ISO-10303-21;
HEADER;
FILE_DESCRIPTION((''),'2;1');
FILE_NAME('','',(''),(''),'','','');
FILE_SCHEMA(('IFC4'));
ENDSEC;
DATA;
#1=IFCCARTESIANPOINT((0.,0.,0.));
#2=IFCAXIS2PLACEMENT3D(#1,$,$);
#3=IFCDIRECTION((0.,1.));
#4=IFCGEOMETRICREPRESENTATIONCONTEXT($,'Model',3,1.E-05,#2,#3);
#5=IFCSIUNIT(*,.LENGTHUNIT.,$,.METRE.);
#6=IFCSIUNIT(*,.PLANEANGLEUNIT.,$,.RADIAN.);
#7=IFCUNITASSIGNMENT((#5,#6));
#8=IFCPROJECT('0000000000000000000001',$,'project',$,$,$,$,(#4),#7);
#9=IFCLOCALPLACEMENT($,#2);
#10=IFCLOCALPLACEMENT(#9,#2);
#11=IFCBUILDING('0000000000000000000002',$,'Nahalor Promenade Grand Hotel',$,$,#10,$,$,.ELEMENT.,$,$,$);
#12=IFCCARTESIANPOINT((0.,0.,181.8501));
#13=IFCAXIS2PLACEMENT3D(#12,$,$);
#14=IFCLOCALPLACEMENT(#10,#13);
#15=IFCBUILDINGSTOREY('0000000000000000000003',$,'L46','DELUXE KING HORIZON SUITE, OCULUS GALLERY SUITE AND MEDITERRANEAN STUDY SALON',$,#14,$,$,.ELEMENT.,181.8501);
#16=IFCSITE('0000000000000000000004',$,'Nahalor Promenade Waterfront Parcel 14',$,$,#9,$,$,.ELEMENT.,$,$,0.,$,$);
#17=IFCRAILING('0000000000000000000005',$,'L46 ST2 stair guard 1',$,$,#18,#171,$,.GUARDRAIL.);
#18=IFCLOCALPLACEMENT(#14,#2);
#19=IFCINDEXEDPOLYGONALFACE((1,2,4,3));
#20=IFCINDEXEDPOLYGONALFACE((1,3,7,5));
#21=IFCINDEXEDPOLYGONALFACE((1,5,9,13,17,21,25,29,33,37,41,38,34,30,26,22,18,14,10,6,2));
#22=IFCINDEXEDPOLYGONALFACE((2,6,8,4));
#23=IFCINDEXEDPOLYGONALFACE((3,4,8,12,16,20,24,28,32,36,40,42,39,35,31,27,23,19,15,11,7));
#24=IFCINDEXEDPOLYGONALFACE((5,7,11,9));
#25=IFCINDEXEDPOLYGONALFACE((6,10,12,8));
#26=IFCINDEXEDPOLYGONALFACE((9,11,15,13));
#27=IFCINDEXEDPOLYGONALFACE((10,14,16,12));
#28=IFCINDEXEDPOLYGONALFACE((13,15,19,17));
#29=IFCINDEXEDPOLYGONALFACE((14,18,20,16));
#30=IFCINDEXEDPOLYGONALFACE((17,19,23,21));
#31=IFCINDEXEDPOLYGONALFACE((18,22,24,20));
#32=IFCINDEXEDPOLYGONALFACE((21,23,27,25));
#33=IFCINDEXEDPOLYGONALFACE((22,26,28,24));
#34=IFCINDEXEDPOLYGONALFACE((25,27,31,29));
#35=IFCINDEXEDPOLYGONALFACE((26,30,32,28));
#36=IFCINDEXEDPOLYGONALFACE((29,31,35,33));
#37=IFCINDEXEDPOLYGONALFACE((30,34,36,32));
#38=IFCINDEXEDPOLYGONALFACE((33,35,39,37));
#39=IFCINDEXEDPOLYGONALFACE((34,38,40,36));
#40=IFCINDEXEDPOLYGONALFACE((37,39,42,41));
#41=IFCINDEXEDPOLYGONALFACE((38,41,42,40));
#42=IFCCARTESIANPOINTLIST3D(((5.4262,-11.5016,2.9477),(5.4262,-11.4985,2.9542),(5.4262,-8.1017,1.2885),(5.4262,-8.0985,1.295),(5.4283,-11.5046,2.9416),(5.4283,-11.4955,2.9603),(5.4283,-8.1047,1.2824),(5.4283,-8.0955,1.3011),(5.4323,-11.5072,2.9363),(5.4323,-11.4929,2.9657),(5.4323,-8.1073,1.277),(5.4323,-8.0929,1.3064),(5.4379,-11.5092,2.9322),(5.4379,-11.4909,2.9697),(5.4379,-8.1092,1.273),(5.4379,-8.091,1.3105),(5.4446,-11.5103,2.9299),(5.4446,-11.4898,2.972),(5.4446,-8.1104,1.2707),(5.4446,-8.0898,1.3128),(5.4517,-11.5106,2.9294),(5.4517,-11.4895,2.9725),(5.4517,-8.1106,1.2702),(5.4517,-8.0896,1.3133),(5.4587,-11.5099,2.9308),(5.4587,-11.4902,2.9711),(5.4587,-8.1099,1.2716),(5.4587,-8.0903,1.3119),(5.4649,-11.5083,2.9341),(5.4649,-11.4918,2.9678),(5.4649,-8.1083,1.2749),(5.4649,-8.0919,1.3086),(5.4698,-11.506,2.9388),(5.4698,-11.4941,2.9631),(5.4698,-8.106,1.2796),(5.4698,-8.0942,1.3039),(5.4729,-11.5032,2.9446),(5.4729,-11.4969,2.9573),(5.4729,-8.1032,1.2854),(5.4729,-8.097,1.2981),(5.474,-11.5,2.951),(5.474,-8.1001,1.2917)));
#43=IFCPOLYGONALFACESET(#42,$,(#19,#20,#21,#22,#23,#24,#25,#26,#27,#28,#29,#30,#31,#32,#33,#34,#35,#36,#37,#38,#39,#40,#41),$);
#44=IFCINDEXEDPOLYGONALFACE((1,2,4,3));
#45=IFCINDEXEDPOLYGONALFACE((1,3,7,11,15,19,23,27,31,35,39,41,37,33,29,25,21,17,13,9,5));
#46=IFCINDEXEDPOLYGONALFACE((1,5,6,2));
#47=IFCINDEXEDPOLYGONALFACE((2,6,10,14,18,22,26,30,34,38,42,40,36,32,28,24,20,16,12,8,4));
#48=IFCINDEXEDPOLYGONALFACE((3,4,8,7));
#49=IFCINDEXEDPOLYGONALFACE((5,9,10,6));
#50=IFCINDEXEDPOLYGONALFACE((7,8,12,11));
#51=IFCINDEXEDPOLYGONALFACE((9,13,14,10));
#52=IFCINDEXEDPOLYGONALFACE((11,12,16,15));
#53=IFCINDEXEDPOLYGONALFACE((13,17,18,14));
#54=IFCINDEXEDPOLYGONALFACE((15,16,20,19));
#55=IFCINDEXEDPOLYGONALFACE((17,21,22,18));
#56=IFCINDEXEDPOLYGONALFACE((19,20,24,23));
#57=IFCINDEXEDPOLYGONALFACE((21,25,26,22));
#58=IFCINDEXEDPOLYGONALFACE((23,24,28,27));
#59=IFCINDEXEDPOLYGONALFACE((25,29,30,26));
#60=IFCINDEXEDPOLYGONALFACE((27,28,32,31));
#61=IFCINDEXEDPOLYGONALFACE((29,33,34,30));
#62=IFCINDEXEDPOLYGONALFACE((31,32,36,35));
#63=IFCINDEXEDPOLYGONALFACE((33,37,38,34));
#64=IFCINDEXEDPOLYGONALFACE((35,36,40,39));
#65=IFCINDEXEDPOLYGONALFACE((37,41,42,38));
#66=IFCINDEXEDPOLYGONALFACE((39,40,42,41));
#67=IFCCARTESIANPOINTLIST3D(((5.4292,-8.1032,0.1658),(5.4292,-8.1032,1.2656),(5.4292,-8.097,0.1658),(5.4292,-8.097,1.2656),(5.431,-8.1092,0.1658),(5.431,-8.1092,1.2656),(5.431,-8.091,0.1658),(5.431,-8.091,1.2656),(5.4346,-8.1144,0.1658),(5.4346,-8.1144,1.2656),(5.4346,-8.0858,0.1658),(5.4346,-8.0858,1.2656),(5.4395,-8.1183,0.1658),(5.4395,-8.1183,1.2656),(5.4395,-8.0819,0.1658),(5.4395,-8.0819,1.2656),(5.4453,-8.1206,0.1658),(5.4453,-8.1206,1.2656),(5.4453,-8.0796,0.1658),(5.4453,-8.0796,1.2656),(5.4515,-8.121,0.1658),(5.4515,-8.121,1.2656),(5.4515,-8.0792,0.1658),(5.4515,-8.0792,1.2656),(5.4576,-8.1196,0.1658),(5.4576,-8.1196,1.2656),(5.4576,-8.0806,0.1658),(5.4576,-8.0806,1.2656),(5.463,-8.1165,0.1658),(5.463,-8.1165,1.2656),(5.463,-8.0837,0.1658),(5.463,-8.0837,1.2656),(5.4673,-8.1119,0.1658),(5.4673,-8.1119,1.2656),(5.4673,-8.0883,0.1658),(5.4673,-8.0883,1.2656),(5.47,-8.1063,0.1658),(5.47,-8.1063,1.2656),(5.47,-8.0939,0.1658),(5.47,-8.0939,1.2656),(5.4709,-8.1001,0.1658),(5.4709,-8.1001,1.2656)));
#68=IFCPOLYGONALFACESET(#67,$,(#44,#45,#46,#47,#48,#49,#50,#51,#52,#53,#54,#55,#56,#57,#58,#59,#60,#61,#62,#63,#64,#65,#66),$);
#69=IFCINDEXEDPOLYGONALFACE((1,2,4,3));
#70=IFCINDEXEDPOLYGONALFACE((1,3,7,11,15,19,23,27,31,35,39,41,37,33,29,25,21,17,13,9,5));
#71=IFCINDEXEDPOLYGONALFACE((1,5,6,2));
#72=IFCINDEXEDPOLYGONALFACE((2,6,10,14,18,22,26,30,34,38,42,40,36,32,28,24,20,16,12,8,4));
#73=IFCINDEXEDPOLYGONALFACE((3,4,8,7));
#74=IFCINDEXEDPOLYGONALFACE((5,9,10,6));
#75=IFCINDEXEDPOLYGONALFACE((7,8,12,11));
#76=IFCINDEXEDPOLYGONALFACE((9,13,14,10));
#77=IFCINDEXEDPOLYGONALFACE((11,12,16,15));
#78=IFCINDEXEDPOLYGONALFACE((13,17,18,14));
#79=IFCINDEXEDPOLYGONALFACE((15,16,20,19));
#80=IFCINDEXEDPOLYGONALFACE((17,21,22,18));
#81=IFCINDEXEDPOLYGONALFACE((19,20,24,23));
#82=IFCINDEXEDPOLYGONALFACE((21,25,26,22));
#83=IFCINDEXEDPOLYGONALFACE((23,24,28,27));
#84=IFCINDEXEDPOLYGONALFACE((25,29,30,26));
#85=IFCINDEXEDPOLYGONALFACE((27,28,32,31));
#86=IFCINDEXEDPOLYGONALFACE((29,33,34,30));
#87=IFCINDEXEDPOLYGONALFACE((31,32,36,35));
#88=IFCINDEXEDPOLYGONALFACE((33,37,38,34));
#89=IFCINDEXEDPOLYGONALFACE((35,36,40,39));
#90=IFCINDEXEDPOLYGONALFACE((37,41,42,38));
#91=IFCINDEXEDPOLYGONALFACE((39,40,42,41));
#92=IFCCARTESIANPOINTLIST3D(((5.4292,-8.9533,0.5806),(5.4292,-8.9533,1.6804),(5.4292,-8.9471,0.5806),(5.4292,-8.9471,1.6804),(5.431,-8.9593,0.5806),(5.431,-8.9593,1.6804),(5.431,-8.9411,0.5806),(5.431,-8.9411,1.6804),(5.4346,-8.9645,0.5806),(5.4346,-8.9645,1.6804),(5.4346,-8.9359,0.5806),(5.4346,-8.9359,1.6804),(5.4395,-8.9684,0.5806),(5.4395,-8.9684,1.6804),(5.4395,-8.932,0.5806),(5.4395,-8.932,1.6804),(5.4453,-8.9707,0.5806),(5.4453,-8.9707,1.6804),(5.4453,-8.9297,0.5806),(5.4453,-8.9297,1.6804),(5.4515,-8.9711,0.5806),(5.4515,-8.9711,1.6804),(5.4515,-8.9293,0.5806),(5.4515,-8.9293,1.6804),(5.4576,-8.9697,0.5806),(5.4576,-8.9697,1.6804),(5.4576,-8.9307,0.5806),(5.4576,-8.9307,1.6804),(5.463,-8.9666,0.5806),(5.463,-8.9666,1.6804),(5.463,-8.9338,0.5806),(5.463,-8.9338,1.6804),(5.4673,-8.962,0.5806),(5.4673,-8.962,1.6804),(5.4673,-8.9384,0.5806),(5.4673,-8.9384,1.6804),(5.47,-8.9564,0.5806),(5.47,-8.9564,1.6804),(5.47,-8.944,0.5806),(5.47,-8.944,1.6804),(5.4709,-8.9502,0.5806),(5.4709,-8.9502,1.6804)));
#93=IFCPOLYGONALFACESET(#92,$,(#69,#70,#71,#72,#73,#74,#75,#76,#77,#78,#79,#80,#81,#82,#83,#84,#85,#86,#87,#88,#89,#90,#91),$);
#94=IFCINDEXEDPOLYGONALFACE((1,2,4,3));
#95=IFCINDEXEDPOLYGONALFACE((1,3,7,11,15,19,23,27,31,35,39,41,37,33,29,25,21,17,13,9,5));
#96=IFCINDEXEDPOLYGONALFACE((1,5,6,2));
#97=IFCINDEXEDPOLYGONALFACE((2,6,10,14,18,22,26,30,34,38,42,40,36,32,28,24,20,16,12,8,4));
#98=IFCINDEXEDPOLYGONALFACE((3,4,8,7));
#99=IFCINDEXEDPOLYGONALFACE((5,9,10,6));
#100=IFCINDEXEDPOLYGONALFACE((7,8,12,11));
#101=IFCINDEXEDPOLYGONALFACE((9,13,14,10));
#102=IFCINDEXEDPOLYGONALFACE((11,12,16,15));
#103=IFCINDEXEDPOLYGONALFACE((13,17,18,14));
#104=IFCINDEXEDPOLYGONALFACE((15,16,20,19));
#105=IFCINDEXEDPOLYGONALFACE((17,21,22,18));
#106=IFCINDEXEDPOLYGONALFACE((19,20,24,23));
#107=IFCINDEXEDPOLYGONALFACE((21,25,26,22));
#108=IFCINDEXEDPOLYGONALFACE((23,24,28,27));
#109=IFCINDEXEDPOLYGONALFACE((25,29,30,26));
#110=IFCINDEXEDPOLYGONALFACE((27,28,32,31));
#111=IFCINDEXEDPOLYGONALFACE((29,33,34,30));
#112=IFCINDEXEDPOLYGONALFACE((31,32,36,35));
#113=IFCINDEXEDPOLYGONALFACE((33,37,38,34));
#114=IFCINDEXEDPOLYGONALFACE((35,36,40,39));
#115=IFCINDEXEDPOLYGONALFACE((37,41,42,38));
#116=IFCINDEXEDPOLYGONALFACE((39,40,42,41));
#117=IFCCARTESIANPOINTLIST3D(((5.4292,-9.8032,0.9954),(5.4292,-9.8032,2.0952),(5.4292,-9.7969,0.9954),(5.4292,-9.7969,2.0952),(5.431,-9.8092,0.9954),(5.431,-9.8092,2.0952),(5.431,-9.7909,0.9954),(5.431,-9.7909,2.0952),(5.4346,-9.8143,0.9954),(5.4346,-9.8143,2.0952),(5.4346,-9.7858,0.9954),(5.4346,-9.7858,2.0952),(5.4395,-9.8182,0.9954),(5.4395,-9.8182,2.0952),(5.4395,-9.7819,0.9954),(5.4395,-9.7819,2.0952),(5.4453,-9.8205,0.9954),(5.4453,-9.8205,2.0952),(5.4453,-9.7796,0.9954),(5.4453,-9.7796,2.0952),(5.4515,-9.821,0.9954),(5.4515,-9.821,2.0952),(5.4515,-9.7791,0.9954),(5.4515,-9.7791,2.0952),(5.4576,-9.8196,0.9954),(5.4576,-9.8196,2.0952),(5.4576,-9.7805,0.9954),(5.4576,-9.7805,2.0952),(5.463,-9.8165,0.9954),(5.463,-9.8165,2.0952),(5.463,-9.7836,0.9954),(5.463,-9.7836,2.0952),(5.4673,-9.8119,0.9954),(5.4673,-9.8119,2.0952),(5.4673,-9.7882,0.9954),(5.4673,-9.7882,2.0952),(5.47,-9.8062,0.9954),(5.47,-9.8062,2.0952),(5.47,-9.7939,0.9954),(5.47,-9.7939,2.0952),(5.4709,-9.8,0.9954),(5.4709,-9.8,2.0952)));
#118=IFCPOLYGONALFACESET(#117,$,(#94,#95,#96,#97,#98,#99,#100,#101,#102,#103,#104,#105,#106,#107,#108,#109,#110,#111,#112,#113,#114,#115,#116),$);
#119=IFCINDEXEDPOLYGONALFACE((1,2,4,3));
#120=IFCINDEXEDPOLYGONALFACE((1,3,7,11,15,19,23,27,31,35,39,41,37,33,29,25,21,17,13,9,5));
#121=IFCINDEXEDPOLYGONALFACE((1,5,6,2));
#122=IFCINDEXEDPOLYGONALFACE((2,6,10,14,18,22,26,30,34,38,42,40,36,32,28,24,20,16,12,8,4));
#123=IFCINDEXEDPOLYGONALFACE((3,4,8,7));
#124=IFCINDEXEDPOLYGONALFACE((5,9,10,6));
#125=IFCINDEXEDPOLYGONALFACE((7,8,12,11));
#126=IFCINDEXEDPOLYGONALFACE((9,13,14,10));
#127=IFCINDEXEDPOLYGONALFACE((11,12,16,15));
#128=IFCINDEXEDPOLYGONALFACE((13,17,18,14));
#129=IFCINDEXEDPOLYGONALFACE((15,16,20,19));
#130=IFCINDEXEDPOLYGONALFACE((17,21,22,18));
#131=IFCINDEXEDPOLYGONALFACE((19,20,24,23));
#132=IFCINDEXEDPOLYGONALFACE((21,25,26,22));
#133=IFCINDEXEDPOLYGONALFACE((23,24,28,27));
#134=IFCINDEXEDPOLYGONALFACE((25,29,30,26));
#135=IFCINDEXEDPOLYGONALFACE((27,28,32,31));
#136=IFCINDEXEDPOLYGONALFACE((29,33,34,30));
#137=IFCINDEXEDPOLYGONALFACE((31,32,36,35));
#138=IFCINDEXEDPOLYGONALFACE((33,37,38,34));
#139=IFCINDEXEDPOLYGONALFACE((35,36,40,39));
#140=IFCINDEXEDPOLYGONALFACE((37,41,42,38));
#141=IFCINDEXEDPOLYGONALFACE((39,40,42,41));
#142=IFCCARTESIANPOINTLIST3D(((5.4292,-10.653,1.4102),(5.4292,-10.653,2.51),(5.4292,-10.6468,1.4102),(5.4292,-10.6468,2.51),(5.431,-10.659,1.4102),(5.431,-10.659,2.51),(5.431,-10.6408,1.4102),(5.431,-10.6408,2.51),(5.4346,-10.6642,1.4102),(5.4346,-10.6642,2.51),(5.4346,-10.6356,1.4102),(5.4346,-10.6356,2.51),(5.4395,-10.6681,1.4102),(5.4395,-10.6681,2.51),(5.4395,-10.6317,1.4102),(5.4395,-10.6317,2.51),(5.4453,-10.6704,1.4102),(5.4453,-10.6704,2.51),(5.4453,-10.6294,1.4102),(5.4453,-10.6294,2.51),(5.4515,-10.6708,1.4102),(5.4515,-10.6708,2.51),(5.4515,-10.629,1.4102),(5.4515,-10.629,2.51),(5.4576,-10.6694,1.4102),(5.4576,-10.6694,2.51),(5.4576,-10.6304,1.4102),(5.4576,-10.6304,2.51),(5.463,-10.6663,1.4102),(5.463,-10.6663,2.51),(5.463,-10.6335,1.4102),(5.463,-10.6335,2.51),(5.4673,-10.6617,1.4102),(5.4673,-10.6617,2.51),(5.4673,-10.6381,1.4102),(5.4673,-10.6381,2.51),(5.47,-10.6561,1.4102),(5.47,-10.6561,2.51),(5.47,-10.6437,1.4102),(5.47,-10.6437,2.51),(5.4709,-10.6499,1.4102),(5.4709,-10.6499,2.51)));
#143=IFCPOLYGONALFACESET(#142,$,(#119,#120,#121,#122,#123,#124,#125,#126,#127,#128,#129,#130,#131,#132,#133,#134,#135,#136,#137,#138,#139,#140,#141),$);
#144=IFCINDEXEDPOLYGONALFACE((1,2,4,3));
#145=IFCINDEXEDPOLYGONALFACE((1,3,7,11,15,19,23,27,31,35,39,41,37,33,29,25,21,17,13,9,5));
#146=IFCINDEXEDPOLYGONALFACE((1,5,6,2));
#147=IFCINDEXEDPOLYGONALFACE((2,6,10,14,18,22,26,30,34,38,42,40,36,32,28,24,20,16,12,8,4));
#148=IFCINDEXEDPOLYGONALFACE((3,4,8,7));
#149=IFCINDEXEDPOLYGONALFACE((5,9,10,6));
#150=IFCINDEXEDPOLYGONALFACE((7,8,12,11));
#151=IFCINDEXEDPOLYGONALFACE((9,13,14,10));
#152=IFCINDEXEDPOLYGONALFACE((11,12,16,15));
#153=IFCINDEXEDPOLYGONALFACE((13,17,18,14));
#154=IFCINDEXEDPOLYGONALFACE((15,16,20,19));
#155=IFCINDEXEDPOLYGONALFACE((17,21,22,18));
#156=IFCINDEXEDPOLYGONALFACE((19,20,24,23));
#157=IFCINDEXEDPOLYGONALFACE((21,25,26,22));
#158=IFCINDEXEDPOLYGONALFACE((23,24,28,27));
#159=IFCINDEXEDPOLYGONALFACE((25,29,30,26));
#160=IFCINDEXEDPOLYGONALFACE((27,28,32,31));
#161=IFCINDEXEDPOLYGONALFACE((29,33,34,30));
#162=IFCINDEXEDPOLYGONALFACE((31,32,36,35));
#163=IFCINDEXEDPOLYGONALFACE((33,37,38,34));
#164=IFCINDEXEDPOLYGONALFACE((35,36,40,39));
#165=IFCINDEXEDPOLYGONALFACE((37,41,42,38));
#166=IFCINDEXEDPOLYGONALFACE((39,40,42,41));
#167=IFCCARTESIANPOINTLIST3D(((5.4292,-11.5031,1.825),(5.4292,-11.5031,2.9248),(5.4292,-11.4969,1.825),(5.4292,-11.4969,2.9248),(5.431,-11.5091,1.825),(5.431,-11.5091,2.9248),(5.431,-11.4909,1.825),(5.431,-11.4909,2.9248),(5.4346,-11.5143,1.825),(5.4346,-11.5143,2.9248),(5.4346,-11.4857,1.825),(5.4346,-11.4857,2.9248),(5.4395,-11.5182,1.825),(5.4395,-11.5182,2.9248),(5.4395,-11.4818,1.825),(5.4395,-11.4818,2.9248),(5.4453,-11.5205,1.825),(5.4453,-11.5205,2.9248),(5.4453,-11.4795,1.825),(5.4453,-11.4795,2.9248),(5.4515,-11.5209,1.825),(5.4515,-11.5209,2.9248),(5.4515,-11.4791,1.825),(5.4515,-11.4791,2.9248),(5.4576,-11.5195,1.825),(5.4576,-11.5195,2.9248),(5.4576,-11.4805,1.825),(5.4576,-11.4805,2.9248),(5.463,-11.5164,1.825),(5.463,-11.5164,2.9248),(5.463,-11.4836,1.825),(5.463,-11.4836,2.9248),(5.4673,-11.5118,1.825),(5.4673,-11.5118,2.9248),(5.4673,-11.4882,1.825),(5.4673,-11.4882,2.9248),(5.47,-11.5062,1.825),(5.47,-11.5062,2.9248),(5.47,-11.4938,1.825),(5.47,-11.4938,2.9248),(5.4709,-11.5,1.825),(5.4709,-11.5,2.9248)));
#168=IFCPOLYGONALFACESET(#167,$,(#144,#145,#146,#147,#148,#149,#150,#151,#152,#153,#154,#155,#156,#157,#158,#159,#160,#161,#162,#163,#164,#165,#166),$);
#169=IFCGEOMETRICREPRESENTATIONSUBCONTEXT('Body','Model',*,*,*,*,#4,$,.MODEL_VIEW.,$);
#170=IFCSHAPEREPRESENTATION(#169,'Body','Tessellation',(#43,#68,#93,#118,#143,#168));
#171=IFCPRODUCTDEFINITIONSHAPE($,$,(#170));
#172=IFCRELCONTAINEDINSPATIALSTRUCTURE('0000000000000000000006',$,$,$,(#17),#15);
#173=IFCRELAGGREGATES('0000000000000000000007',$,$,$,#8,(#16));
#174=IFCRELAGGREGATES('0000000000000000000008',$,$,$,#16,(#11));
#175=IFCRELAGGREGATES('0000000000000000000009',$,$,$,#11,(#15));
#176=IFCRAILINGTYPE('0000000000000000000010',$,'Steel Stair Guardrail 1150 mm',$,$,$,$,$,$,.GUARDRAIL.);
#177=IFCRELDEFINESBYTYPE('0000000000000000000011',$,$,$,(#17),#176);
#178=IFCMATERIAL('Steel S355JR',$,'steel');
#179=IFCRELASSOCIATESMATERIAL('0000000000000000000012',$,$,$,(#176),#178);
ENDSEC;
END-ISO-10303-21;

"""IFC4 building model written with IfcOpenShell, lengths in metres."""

from ifc_helpers import new_model, si_unit, direction, frame, origin, origin_2d, place, context, subcontext, project, spatial, circle, extrude, material, type_object, element, save


model = new_model("IFC4")

# Units and contexts
model_context = context("Model", 3, precision=1e-05, world=origin(), true_north=direction((0.0, 1.0)))
body_context = subcontext(model_context, "Body", "Model", "MODEL_VIEW")
ifc_project = project(units=[si_unit("LENGTHUNIT", "METRE"), si_unit("PLANEANGLEUNIT", "RADIAN")], contexts=[model_context])

# Site, building, storey
site_placement = place(None, origin())
site = spatial("IfcSite", under=ifc_project, at=site_placement, Name="Nahalor Promenade Waterfront Parcel 14", CompositionType="ELEMENT", RefElevation=0.0)
building_placement = place(site_placement, origin())
building = spatial("IfcBuilding", under=site, at=building_placement, Name="Nahalor Promenade Grand Hotel", CompositionType="ELEMENT")
storey_placement = place(building_placement, frame((0.0, 0.0, 181.8501)))
storey = spatial("IfcBuildingStorey", under=building, at=storey_placement, Name="L46", Description="DELUXE KING HORIZON SUITE, OCULUS GALLERY SUITE AND MEDITERRANEAN STUDY SALON", CompositionType="ELEMENT", Elevation=181.8501)

# Shared definitions
ifc_material_1 = material(Name="Steel S355JR", Category="steel")

# Railing
railing_type_1 = type_object("IfcRailingType", Name="Steel Stair Guardrail 1150 mm", PredefinedType="GUARDRAIL", material=ifc_material_1)
railing_1_placement = place(storey_placement, frame((5.45, -8.1001, 0.1658)))
element("IfcRailing", 1, at=railing_1_placement, inside=storey, type_object=railing_type_1, Name="L46 ST2 stair guard 1", PredefinedType="GUARDRAIL", context=body_context, shape_type="SweptSolid", body=[
    extrude(circle(Radius=0.024, at=origin_2d()), frame((0.0, 0.0, 1.126), z_axis=(0.0, -0.898696, 0.438571), x_axis=(1.0, 0.0, 0.0)), (0.0, 0.0, 1.0), 3.7832),
    extrude(circle(Radius=0.021, at=origin_2d()), origin(), (0.0, 0.0, 1.0), 1.0999),
    extrude(circle(Radius=0.021, at=origin_2d()), frame((0.0, -0.8501, 0.4148)), (0.0, 0.0, 1.0), 1.0999),
    extrude(circle(Radius=0.021, at=origin_2d()), frame((0.0, -1.7, 0.8296)), (0.0, 0.0, 1.0), 1.0999),
    extrude(circle(Radius=0.021, at=origin_2d()), frame((0.0, -2.5498, 1.2444)), (0.0, 0.0, 1.0), 1.0999),
    extrude(circle(Radius=0.021, at=origin_2d()), frame((0.0, -3.3999, 1.6592)), (0.0, 0.0, 1.0), 1.0999),
])

save(model, "model.ifc")
